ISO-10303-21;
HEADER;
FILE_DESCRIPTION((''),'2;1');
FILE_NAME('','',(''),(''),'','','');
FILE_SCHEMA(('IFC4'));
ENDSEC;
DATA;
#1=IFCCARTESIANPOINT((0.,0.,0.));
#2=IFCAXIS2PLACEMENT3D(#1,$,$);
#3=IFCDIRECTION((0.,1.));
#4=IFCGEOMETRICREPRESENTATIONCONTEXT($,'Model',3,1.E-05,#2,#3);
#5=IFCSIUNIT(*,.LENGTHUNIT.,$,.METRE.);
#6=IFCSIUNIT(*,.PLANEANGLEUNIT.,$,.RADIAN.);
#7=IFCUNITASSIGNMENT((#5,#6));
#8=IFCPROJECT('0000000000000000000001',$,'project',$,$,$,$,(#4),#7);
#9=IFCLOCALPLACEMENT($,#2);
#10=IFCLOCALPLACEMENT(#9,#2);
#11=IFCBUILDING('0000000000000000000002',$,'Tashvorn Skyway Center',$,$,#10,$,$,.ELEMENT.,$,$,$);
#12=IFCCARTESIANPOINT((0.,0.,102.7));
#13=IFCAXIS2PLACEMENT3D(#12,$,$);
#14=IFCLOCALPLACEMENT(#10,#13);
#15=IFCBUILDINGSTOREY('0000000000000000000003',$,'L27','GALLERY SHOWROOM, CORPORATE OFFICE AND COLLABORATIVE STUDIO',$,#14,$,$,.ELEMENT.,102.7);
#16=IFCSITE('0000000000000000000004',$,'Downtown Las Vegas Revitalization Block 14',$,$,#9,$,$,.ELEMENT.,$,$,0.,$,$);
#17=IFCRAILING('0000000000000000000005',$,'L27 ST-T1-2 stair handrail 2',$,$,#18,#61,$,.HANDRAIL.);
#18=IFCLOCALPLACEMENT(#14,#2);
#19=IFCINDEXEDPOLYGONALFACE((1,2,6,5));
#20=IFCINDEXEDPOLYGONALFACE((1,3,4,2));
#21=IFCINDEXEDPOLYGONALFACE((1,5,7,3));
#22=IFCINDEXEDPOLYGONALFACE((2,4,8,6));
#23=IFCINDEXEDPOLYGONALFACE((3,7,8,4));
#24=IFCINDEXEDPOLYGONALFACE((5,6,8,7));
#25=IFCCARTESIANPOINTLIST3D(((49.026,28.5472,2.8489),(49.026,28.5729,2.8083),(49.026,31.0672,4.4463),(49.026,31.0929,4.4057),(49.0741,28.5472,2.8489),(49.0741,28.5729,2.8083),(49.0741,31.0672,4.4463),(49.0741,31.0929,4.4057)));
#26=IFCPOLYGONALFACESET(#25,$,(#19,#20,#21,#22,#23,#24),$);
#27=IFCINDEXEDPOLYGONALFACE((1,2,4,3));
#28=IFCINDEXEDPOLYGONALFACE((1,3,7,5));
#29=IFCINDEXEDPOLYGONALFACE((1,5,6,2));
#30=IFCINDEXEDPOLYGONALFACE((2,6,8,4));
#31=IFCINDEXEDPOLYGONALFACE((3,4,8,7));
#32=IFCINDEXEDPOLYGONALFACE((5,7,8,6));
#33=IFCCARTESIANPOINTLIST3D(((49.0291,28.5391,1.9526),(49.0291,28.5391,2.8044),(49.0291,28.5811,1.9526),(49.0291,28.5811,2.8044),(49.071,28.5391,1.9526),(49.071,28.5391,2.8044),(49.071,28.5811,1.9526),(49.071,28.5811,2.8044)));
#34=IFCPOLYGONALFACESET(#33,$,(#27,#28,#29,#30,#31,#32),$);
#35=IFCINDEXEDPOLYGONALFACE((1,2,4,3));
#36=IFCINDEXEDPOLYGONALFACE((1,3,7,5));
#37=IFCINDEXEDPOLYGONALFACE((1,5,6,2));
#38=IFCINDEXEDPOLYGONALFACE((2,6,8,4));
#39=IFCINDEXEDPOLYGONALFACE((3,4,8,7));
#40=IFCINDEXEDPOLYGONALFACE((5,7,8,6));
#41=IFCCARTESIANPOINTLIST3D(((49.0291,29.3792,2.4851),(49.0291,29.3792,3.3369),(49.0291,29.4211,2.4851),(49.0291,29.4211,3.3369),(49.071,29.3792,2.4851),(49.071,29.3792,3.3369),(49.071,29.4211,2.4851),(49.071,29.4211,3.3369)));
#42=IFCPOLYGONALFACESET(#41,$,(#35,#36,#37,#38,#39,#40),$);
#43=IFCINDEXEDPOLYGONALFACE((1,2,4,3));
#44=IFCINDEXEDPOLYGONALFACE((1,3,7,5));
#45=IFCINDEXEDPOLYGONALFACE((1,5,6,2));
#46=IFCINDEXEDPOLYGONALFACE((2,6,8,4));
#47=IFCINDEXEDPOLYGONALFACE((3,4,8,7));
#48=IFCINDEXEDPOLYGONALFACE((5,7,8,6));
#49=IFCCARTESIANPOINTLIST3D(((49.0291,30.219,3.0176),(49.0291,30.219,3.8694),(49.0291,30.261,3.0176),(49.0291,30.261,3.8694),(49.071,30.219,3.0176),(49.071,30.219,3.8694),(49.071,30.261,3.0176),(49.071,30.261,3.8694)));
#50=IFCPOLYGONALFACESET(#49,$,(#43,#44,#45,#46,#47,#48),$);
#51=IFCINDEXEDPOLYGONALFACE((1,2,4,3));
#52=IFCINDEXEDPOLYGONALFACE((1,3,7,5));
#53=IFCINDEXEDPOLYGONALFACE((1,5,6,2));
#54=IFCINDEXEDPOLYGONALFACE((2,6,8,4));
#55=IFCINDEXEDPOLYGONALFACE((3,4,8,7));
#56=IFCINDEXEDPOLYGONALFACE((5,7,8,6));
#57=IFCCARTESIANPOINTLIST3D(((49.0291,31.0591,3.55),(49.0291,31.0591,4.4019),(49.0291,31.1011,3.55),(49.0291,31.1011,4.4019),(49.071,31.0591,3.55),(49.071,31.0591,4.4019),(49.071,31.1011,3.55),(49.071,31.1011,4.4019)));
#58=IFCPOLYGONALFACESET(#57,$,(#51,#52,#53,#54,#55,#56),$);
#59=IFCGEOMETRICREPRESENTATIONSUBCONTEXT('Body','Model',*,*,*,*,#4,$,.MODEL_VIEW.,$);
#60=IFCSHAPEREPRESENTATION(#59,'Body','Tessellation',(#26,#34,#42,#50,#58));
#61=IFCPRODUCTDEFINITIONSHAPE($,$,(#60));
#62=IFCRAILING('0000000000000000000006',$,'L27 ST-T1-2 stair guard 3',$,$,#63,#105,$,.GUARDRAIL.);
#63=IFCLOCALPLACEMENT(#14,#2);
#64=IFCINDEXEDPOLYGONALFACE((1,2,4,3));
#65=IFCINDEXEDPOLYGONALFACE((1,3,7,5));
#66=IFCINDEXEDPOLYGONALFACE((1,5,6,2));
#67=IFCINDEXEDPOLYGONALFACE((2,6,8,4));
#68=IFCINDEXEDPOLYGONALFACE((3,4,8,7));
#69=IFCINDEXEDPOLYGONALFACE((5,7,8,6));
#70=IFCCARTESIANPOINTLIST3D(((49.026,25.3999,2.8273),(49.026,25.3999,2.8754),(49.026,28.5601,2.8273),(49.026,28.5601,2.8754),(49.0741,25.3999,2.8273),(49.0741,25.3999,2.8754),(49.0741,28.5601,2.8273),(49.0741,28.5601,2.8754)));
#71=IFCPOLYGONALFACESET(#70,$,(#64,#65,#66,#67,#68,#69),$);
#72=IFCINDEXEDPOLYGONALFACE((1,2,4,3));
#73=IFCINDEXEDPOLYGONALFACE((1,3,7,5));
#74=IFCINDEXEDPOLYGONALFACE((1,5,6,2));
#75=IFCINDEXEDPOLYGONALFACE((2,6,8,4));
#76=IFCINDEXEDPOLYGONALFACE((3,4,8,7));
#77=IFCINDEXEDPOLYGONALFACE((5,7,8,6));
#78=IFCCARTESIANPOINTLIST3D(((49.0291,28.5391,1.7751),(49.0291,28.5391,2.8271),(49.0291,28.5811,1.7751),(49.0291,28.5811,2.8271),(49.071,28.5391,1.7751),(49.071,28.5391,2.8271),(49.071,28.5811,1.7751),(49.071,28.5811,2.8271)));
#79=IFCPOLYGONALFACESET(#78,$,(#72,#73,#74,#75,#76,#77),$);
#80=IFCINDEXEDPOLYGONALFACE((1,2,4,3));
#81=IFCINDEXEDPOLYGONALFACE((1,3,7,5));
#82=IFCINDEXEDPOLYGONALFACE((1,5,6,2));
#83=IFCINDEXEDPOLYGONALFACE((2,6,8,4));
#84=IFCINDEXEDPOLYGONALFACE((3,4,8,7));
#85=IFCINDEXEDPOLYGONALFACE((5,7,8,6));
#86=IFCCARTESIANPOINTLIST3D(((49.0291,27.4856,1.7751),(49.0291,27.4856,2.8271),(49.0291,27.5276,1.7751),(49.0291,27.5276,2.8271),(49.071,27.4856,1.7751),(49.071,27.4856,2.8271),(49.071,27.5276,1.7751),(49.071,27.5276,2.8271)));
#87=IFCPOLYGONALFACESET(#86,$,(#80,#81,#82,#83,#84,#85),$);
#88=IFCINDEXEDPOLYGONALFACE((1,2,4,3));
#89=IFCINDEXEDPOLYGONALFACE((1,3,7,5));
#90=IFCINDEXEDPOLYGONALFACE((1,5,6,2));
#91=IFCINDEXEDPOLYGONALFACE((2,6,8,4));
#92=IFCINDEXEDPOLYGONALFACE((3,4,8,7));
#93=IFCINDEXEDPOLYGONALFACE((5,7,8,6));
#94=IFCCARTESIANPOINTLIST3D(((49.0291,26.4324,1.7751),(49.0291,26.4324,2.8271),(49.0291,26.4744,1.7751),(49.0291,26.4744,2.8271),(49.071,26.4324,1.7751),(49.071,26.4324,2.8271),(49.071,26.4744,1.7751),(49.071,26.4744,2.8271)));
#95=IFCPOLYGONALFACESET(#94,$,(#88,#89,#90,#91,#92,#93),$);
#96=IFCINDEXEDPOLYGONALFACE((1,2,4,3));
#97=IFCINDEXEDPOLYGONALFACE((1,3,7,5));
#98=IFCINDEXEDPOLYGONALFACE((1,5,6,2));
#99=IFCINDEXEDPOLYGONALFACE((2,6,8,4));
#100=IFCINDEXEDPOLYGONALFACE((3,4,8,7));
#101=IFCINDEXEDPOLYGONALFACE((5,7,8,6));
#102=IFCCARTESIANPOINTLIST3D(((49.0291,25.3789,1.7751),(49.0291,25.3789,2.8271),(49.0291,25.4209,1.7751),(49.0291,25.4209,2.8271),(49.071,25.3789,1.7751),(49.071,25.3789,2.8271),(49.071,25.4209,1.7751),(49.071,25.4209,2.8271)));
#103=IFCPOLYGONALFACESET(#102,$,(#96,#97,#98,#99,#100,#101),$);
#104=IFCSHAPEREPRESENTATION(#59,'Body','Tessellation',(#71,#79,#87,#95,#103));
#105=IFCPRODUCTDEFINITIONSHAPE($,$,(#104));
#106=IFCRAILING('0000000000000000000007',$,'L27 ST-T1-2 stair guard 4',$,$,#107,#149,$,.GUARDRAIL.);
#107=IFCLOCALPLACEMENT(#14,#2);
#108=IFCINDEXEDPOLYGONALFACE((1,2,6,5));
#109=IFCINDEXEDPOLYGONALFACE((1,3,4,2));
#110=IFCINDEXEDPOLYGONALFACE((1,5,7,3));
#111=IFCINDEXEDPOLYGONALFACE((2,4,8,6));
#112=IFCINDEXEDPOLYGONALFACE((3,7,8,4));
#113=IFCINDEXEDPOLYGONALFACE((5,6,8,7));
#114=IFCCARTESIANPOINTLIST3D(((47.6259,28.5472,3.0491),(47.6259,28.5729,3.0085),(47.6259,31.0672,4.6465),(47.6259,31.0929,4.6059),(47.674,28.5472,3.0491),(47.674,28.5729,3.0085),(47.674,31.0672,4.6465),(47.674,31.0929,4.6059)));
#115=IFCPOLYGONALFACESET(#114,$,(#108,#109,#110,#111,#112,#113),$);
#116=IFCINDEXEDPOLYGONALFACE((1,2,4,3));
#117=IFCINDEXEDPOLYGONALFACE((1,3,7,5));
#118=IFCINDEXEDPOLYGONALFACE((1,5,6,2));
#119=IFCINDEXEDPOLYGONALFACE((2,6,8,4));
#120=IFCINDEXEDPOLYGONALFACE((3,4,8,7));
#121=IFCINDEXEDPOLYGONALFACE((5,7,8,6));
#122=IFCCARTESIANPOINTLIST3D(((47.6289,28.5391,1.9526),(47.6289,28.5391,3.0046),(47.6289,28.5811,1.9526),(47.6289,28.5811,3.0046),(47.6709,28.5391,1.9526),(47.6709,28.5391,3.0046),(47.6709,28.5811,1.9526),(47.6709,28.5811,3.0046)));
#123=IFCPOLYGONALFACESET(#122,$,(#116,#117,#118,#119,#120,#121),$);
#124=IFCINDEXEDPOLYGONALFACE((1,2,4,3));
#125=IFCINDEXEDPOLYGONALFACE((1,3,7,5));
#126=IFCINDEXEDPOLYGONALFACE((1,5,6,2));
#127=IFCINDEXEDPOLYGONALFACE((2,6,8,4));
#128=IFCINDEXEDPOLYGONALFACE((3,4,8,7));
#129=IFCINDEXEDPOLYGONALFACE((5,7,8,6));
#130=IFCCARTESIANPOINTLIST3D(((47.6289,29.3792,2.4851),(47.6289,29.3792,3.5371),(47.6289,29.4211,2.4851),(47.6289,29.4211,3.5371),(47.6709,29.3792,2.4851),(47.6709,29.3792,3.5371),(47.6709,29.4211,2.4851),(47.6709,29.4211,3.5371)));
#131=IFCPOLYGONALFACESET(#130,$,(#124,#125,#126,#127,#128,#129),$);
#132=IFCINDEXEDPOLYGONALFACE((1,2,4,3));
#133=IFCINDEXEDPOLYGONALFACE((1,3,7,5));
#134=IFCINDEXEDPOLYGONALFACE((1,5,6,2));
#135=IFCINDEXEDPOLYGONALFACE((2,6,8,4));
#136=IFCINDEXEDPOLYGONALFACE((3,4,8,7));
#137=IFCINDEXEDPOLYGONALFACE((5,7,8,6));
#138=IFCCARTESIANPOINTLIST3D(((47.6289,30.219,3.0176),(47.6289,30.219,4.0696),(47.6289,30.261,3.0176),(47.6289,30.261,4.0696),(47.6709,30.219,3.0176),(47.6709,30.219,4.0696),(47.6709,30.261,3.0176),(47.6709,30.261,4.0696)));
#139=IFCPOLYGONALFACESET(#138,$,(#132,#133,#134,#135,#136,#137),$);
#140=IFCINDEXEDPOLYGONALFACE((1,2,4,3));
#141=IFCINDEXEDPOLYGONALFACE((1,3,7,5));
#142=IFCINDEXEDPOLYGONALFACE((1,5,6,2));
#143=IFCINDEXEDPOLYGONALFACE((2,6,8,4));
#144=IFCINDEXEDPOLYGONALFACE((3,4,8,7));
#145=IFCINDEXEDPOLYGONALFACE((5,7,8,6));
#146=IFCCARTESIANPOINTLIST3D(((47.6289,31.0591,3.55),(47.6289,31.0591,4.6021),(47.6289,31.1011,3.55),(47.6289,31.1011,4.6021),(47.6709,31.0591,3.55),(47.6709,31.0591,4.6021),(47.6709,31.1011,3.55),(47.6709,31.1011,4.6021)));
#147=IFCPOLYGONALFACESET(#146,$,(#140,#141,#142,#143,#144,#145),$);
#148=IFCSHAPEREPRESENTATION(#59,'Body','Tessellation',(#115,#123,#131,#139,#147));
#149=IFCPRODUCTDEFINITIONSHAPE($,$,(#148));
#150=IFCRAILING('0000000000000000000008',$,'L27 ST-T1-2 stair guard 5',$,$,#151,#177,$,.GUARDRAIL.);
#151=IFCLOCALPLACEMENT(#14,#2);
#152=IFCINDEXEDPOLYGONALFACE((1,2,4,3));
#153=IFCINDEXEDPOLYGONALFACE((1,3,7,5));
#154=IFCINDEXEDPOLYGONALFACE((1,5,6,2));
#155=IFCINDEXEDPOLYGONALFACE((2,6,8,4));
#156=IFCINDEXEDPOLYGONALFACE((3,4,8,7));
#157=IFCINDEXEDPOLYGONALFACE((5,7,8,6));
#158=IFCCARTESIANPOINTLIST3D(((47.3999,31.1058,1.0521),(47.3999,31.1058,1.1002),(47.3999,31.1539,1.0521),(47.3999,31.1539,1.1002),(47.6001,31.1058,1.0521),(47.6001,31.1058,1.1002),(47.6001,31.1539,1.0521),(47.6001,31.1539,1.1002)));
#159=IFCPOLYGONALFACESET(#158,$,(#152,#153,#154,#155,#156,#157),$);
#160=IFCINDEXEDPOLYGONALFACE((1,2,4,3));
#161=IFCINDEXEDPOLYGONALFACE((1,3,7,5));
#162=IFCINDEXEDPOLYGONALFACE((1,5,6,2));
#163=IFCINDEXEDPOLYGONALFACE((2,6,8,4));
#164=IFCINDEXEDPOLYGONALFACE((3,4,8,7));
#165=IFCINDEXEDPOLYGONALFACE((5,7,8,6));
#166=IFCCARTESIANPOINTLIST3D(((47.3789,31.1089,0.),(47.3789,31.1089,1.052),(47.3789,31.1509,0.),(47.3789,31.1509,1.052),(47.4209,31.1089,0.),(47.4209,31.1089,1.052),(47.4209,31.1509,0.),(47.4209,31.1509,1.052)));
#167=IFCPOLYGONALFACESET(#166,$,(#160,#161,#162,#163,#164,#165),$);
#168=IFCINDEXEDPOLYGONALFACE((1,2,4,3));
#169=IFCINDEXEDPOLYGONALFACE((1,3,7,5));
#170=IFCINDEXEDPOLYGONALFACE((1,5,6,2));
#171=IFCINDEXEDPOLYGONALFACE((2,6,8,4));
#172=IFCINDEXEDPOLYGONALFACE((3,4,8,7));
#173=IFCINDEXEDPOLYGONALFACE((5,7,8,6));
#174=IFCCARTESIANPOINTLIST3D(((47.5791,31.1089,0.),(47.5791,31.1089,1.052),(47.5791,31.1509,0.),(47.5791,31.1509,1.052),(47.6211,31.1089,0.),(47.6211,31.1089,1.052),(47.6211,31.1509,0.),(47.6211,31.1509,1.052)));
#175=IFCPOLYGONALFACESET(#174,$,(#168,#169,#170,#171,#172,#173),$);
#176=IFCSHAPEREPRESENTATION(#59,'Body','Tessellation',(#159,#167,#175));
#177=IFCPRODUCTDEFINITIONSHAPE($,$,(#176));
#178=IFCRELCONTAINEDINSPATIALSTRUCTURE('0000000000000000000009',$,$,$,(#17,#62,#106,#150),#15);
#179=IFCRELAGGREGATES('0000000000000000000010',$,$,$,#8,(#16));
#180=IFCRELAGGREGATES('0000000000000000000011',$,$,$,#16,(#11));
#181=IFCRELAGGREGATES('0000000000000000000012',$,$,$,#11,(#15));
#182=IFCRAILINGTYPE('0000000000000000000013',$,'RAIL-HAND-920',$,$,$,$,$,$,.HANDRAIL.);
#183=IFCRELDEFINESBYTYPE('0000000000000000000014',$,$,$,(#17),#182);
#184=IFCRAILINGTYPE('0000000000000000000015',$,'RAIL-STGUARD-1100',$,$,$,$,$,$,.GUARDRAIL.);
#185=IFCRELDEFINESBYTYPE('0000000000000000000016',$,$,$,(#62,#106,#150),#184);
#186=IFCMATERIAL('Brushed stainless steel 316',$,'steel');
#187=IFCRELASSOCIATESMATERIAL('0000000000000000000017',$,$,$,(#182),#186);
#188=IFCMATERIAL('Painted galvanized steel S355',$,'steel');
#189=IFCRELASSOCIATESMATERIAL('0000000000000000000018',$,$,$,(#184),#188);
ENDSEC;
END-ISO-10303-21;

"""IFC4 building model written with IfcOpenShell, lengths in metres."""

from ifc_helpers import new_model, si_unit, direction, frame, origin, origin_2d, place, context, subcontext, project, spatial, rectangle, extrude, material, type_object, element, save


model = new_model("IFC4")

# Units and contexts
model_context = context("Model", 3, precision=1e-05, world=origin(), true_north=direction((0.0, 1.0)))
body_context = subcontext(model_context, "Body", "Model", "MODEL_VIEW")
ifc_project = project(units=[si_unit("LENGTHUNIT", "METRE"), si_unit("PLANEANGLEUNIT", "RADIAN")], contexts=[model_context])

# Site, building, storey
site_placement = place(None, origin())
site = spatial("IfcSite", under=ifc_project, at=site_placement, Name="Downtown Las Vegas Revitalization Block 14", CompositionType="ELEMENT", RefElevation=0.0)
building_placement = place(site_placement, origin())
building = spatial("IfcBuilding", under=site, at=building_placement, Name="Tashvorn Skyway Center", CompositionType="ELEMENT")
storey_placement = place(building_placement, frame((0.0, 0.0, 102.7)))
storey = spatial("IfcBuildingStorey", under=building, at=storey_placement, Name="L27", Description="GALLERY SHOWROOM, CORPORATE OFFICE AND COLLABORATIVE STUDIO", CompositionType="ELEMENT", Elevation=102.7)

# Railings
ifc_material_1 = material(Name="Brushed stainless steel 316", Category="steel")
railing_type_1 = type_object("IfcRailingType", Name="RAIL-HAND-920", PredefinedType="HANDRAIL", material=ifc_material_1)
railing_1_placement = place(storey_placement, frame((49.05, 28.5601, 1.9526)))
element("IfcRailing", 1, at=railing_1_placement, inside=storey, type_object=railing_type_1, Name="L27 ST-T1-2 stair handrail 2", PredefinedType="HANDRAIL", context=body_context, shape_type="SweptSolid", body=[
    extrude(rectangle(XDim=0.0481, YDim=0.0481, at=origin_2d()), frame((0.0, 0.0, 0.876), z_axis=(0.0, 0.844607, 0.535387), x_axis=(-1.0, 0.0, 0.0)), (0.0, 0.0, 1.0), 2.9836),
    extrude(rectangle(XDim=0.042, YDim=0.042, at=origin_2d()), origin(), (0.0, 0.0, 1.0), 0.8518),
    extrude(rectangle(XDim=0.042, YDim=0.042, at=origin_2d()), frame((0.0, 0.8401, 0.5325)), (0.0, 0.0, 1.0), 0.8518),
    extrude(rectangle(XDim=0.042, YDim=0.042, at=origin_2d()), frame((0.0, 1.6799, 1.0649)), (0.0, 0.0, 1.0), 0.8518),
    extrude(rectangle(XDim=0.042, YDim=0.042, at=origin_2d()), frame((0.0, 2.52, 1.5974)), (0.0, 0.0, 1.0), 0.8518),
])
ifc_material_2 = material(Name="Painted galvanized steel S355", Category="steel")
railing_type_2 = type_object("IfcRailingType", Name="RAIL-STGUARD-1100", PredefinedType="GUARDRAIL", material=ifc_material_2)
railing_2_placement = place(storey_placement, frame((49.05, 28.5601, 1.7751)))
element("IfcRailing", 2, at=railing_2_placement, inside=storey, type_object=railing_type_2, Name="L27 ST-T1-2 stair guard 3", PredefinedType="GUARDRAIL", context=body_context, shape_type="SweptSolid", body=[
    extrude(rectangle(XDim=0.0481, YDim=0.0481, at=origin_2d()), frame((0.0, 0.0, 1.0762), z_axis=(0.0, -1.0, 0.0), x_axis=(1.0, 0.0, 0.0)), (0.0, 0.0, 1.0), 3.1602),
    extrude(rectangle(XDim=0.042, YDim=0.042, at=origin_2d()), origin(), (0.0, 0.0, 1.0), 1.052),
    extrude(rectangle(XDim=0.042, YDim=0.042, at=origin_2d()), frame((0.0, -1.0535, 0.0)), (0.0, 0.0, 1.0), 1.052),
    extrude(rectangle(XDim=0.042, YDim=0.042, at=origin_2d()), frame((0.0, -2.1067, 0.0)), (0.0, 0.0, 1.0), 1.052),
    extrude(rectangle(XDim=0.042, YDim=0.042, at=origin_2d()), frame((0.0, -3.1602, 0.0)), (0.0, 0.0, 1.0), 1.052),
])
railing_3_placement = place(storey_placement, frame((47.6499, 28.5601, 1.9526)))
element("IfcRailing", 3, at=railing_3_placement, inside=storey, type_object=railing_type_2, Name="L27 ST-T1-2 stair guard 4", PredefinedType="GUARDRAIL", context=body_context, shape_type="SweptSolid", body=[
    extrude(rectangle(XDim=0.0481, YDim=0.0481, at=origin_2d()), frame((0.0, 0.0, 1.0762), z_axis=(0.0, 0.844607, 0.535387), x_axis=(-1.0, 0.0, 0.0)), (0.0, 0.0, 1.0), 2.9836),
    extrude(rectangle(XDim=0.042, YDim=0.042, at=origin_2d()), origin(), (0.0, 0.0, 1.0), 1.052),
    extrude(rectangle(XDim=0.042, YDim=0.042, at=origin_2d()), frame((0.0, 0.8401, 0.5325)), (0.0, 0.0, 1.0), 1.052),
    extrude(rectangle(XDim=0.042, YDim=0.042, at=origin_2d()), frame((0.0, 1.6799, 1.0649)), (0.0, 0.0, 1.0), 1.052),
    extrude(rectangle(XDim=0.042, YDim=0.042, at=origin_2d()), frame((0.0, 2.52, 1.5974)), (0.0, 0.0, 1.0), 1.052),
])
railing_4_placement = place(storey_placement, frame((47.3999, 31.1299, 0.0)))
element("IfcRailing", 4, at=railing_4_placement, inside=storey, type_object=railing_type_2, Name="L27 ST-T1-2 stair guard 5", PredefinedType="GUARDRAIL", context=body_context, shape_type="SweptSolid", body=[
    extrude(rectangle(XDim=0.0481, YDim=0.0481, at=origin_2d()), frame((0.0, 0.0, 1.0762), z_axis=(1.0, 0.0, 0.0), x_axis=(0.0, 1.0, 0.0)), (0.0, 0.0, 1.0), 0.2002),
    extrude(rectangle(XDim=0.042, YDim=0.042, at=origin_2d()), origin(), (0.0, 0.0, 1.0), 1.052),
    extrude(rectangle(XDim=0.042, YDim=0.042, at=origin_2d()), frame((0.2002, 0.0, 0.0)), (0.0, 0.0, 1.0), 1.052),
])

save(model, "model.ifc")
